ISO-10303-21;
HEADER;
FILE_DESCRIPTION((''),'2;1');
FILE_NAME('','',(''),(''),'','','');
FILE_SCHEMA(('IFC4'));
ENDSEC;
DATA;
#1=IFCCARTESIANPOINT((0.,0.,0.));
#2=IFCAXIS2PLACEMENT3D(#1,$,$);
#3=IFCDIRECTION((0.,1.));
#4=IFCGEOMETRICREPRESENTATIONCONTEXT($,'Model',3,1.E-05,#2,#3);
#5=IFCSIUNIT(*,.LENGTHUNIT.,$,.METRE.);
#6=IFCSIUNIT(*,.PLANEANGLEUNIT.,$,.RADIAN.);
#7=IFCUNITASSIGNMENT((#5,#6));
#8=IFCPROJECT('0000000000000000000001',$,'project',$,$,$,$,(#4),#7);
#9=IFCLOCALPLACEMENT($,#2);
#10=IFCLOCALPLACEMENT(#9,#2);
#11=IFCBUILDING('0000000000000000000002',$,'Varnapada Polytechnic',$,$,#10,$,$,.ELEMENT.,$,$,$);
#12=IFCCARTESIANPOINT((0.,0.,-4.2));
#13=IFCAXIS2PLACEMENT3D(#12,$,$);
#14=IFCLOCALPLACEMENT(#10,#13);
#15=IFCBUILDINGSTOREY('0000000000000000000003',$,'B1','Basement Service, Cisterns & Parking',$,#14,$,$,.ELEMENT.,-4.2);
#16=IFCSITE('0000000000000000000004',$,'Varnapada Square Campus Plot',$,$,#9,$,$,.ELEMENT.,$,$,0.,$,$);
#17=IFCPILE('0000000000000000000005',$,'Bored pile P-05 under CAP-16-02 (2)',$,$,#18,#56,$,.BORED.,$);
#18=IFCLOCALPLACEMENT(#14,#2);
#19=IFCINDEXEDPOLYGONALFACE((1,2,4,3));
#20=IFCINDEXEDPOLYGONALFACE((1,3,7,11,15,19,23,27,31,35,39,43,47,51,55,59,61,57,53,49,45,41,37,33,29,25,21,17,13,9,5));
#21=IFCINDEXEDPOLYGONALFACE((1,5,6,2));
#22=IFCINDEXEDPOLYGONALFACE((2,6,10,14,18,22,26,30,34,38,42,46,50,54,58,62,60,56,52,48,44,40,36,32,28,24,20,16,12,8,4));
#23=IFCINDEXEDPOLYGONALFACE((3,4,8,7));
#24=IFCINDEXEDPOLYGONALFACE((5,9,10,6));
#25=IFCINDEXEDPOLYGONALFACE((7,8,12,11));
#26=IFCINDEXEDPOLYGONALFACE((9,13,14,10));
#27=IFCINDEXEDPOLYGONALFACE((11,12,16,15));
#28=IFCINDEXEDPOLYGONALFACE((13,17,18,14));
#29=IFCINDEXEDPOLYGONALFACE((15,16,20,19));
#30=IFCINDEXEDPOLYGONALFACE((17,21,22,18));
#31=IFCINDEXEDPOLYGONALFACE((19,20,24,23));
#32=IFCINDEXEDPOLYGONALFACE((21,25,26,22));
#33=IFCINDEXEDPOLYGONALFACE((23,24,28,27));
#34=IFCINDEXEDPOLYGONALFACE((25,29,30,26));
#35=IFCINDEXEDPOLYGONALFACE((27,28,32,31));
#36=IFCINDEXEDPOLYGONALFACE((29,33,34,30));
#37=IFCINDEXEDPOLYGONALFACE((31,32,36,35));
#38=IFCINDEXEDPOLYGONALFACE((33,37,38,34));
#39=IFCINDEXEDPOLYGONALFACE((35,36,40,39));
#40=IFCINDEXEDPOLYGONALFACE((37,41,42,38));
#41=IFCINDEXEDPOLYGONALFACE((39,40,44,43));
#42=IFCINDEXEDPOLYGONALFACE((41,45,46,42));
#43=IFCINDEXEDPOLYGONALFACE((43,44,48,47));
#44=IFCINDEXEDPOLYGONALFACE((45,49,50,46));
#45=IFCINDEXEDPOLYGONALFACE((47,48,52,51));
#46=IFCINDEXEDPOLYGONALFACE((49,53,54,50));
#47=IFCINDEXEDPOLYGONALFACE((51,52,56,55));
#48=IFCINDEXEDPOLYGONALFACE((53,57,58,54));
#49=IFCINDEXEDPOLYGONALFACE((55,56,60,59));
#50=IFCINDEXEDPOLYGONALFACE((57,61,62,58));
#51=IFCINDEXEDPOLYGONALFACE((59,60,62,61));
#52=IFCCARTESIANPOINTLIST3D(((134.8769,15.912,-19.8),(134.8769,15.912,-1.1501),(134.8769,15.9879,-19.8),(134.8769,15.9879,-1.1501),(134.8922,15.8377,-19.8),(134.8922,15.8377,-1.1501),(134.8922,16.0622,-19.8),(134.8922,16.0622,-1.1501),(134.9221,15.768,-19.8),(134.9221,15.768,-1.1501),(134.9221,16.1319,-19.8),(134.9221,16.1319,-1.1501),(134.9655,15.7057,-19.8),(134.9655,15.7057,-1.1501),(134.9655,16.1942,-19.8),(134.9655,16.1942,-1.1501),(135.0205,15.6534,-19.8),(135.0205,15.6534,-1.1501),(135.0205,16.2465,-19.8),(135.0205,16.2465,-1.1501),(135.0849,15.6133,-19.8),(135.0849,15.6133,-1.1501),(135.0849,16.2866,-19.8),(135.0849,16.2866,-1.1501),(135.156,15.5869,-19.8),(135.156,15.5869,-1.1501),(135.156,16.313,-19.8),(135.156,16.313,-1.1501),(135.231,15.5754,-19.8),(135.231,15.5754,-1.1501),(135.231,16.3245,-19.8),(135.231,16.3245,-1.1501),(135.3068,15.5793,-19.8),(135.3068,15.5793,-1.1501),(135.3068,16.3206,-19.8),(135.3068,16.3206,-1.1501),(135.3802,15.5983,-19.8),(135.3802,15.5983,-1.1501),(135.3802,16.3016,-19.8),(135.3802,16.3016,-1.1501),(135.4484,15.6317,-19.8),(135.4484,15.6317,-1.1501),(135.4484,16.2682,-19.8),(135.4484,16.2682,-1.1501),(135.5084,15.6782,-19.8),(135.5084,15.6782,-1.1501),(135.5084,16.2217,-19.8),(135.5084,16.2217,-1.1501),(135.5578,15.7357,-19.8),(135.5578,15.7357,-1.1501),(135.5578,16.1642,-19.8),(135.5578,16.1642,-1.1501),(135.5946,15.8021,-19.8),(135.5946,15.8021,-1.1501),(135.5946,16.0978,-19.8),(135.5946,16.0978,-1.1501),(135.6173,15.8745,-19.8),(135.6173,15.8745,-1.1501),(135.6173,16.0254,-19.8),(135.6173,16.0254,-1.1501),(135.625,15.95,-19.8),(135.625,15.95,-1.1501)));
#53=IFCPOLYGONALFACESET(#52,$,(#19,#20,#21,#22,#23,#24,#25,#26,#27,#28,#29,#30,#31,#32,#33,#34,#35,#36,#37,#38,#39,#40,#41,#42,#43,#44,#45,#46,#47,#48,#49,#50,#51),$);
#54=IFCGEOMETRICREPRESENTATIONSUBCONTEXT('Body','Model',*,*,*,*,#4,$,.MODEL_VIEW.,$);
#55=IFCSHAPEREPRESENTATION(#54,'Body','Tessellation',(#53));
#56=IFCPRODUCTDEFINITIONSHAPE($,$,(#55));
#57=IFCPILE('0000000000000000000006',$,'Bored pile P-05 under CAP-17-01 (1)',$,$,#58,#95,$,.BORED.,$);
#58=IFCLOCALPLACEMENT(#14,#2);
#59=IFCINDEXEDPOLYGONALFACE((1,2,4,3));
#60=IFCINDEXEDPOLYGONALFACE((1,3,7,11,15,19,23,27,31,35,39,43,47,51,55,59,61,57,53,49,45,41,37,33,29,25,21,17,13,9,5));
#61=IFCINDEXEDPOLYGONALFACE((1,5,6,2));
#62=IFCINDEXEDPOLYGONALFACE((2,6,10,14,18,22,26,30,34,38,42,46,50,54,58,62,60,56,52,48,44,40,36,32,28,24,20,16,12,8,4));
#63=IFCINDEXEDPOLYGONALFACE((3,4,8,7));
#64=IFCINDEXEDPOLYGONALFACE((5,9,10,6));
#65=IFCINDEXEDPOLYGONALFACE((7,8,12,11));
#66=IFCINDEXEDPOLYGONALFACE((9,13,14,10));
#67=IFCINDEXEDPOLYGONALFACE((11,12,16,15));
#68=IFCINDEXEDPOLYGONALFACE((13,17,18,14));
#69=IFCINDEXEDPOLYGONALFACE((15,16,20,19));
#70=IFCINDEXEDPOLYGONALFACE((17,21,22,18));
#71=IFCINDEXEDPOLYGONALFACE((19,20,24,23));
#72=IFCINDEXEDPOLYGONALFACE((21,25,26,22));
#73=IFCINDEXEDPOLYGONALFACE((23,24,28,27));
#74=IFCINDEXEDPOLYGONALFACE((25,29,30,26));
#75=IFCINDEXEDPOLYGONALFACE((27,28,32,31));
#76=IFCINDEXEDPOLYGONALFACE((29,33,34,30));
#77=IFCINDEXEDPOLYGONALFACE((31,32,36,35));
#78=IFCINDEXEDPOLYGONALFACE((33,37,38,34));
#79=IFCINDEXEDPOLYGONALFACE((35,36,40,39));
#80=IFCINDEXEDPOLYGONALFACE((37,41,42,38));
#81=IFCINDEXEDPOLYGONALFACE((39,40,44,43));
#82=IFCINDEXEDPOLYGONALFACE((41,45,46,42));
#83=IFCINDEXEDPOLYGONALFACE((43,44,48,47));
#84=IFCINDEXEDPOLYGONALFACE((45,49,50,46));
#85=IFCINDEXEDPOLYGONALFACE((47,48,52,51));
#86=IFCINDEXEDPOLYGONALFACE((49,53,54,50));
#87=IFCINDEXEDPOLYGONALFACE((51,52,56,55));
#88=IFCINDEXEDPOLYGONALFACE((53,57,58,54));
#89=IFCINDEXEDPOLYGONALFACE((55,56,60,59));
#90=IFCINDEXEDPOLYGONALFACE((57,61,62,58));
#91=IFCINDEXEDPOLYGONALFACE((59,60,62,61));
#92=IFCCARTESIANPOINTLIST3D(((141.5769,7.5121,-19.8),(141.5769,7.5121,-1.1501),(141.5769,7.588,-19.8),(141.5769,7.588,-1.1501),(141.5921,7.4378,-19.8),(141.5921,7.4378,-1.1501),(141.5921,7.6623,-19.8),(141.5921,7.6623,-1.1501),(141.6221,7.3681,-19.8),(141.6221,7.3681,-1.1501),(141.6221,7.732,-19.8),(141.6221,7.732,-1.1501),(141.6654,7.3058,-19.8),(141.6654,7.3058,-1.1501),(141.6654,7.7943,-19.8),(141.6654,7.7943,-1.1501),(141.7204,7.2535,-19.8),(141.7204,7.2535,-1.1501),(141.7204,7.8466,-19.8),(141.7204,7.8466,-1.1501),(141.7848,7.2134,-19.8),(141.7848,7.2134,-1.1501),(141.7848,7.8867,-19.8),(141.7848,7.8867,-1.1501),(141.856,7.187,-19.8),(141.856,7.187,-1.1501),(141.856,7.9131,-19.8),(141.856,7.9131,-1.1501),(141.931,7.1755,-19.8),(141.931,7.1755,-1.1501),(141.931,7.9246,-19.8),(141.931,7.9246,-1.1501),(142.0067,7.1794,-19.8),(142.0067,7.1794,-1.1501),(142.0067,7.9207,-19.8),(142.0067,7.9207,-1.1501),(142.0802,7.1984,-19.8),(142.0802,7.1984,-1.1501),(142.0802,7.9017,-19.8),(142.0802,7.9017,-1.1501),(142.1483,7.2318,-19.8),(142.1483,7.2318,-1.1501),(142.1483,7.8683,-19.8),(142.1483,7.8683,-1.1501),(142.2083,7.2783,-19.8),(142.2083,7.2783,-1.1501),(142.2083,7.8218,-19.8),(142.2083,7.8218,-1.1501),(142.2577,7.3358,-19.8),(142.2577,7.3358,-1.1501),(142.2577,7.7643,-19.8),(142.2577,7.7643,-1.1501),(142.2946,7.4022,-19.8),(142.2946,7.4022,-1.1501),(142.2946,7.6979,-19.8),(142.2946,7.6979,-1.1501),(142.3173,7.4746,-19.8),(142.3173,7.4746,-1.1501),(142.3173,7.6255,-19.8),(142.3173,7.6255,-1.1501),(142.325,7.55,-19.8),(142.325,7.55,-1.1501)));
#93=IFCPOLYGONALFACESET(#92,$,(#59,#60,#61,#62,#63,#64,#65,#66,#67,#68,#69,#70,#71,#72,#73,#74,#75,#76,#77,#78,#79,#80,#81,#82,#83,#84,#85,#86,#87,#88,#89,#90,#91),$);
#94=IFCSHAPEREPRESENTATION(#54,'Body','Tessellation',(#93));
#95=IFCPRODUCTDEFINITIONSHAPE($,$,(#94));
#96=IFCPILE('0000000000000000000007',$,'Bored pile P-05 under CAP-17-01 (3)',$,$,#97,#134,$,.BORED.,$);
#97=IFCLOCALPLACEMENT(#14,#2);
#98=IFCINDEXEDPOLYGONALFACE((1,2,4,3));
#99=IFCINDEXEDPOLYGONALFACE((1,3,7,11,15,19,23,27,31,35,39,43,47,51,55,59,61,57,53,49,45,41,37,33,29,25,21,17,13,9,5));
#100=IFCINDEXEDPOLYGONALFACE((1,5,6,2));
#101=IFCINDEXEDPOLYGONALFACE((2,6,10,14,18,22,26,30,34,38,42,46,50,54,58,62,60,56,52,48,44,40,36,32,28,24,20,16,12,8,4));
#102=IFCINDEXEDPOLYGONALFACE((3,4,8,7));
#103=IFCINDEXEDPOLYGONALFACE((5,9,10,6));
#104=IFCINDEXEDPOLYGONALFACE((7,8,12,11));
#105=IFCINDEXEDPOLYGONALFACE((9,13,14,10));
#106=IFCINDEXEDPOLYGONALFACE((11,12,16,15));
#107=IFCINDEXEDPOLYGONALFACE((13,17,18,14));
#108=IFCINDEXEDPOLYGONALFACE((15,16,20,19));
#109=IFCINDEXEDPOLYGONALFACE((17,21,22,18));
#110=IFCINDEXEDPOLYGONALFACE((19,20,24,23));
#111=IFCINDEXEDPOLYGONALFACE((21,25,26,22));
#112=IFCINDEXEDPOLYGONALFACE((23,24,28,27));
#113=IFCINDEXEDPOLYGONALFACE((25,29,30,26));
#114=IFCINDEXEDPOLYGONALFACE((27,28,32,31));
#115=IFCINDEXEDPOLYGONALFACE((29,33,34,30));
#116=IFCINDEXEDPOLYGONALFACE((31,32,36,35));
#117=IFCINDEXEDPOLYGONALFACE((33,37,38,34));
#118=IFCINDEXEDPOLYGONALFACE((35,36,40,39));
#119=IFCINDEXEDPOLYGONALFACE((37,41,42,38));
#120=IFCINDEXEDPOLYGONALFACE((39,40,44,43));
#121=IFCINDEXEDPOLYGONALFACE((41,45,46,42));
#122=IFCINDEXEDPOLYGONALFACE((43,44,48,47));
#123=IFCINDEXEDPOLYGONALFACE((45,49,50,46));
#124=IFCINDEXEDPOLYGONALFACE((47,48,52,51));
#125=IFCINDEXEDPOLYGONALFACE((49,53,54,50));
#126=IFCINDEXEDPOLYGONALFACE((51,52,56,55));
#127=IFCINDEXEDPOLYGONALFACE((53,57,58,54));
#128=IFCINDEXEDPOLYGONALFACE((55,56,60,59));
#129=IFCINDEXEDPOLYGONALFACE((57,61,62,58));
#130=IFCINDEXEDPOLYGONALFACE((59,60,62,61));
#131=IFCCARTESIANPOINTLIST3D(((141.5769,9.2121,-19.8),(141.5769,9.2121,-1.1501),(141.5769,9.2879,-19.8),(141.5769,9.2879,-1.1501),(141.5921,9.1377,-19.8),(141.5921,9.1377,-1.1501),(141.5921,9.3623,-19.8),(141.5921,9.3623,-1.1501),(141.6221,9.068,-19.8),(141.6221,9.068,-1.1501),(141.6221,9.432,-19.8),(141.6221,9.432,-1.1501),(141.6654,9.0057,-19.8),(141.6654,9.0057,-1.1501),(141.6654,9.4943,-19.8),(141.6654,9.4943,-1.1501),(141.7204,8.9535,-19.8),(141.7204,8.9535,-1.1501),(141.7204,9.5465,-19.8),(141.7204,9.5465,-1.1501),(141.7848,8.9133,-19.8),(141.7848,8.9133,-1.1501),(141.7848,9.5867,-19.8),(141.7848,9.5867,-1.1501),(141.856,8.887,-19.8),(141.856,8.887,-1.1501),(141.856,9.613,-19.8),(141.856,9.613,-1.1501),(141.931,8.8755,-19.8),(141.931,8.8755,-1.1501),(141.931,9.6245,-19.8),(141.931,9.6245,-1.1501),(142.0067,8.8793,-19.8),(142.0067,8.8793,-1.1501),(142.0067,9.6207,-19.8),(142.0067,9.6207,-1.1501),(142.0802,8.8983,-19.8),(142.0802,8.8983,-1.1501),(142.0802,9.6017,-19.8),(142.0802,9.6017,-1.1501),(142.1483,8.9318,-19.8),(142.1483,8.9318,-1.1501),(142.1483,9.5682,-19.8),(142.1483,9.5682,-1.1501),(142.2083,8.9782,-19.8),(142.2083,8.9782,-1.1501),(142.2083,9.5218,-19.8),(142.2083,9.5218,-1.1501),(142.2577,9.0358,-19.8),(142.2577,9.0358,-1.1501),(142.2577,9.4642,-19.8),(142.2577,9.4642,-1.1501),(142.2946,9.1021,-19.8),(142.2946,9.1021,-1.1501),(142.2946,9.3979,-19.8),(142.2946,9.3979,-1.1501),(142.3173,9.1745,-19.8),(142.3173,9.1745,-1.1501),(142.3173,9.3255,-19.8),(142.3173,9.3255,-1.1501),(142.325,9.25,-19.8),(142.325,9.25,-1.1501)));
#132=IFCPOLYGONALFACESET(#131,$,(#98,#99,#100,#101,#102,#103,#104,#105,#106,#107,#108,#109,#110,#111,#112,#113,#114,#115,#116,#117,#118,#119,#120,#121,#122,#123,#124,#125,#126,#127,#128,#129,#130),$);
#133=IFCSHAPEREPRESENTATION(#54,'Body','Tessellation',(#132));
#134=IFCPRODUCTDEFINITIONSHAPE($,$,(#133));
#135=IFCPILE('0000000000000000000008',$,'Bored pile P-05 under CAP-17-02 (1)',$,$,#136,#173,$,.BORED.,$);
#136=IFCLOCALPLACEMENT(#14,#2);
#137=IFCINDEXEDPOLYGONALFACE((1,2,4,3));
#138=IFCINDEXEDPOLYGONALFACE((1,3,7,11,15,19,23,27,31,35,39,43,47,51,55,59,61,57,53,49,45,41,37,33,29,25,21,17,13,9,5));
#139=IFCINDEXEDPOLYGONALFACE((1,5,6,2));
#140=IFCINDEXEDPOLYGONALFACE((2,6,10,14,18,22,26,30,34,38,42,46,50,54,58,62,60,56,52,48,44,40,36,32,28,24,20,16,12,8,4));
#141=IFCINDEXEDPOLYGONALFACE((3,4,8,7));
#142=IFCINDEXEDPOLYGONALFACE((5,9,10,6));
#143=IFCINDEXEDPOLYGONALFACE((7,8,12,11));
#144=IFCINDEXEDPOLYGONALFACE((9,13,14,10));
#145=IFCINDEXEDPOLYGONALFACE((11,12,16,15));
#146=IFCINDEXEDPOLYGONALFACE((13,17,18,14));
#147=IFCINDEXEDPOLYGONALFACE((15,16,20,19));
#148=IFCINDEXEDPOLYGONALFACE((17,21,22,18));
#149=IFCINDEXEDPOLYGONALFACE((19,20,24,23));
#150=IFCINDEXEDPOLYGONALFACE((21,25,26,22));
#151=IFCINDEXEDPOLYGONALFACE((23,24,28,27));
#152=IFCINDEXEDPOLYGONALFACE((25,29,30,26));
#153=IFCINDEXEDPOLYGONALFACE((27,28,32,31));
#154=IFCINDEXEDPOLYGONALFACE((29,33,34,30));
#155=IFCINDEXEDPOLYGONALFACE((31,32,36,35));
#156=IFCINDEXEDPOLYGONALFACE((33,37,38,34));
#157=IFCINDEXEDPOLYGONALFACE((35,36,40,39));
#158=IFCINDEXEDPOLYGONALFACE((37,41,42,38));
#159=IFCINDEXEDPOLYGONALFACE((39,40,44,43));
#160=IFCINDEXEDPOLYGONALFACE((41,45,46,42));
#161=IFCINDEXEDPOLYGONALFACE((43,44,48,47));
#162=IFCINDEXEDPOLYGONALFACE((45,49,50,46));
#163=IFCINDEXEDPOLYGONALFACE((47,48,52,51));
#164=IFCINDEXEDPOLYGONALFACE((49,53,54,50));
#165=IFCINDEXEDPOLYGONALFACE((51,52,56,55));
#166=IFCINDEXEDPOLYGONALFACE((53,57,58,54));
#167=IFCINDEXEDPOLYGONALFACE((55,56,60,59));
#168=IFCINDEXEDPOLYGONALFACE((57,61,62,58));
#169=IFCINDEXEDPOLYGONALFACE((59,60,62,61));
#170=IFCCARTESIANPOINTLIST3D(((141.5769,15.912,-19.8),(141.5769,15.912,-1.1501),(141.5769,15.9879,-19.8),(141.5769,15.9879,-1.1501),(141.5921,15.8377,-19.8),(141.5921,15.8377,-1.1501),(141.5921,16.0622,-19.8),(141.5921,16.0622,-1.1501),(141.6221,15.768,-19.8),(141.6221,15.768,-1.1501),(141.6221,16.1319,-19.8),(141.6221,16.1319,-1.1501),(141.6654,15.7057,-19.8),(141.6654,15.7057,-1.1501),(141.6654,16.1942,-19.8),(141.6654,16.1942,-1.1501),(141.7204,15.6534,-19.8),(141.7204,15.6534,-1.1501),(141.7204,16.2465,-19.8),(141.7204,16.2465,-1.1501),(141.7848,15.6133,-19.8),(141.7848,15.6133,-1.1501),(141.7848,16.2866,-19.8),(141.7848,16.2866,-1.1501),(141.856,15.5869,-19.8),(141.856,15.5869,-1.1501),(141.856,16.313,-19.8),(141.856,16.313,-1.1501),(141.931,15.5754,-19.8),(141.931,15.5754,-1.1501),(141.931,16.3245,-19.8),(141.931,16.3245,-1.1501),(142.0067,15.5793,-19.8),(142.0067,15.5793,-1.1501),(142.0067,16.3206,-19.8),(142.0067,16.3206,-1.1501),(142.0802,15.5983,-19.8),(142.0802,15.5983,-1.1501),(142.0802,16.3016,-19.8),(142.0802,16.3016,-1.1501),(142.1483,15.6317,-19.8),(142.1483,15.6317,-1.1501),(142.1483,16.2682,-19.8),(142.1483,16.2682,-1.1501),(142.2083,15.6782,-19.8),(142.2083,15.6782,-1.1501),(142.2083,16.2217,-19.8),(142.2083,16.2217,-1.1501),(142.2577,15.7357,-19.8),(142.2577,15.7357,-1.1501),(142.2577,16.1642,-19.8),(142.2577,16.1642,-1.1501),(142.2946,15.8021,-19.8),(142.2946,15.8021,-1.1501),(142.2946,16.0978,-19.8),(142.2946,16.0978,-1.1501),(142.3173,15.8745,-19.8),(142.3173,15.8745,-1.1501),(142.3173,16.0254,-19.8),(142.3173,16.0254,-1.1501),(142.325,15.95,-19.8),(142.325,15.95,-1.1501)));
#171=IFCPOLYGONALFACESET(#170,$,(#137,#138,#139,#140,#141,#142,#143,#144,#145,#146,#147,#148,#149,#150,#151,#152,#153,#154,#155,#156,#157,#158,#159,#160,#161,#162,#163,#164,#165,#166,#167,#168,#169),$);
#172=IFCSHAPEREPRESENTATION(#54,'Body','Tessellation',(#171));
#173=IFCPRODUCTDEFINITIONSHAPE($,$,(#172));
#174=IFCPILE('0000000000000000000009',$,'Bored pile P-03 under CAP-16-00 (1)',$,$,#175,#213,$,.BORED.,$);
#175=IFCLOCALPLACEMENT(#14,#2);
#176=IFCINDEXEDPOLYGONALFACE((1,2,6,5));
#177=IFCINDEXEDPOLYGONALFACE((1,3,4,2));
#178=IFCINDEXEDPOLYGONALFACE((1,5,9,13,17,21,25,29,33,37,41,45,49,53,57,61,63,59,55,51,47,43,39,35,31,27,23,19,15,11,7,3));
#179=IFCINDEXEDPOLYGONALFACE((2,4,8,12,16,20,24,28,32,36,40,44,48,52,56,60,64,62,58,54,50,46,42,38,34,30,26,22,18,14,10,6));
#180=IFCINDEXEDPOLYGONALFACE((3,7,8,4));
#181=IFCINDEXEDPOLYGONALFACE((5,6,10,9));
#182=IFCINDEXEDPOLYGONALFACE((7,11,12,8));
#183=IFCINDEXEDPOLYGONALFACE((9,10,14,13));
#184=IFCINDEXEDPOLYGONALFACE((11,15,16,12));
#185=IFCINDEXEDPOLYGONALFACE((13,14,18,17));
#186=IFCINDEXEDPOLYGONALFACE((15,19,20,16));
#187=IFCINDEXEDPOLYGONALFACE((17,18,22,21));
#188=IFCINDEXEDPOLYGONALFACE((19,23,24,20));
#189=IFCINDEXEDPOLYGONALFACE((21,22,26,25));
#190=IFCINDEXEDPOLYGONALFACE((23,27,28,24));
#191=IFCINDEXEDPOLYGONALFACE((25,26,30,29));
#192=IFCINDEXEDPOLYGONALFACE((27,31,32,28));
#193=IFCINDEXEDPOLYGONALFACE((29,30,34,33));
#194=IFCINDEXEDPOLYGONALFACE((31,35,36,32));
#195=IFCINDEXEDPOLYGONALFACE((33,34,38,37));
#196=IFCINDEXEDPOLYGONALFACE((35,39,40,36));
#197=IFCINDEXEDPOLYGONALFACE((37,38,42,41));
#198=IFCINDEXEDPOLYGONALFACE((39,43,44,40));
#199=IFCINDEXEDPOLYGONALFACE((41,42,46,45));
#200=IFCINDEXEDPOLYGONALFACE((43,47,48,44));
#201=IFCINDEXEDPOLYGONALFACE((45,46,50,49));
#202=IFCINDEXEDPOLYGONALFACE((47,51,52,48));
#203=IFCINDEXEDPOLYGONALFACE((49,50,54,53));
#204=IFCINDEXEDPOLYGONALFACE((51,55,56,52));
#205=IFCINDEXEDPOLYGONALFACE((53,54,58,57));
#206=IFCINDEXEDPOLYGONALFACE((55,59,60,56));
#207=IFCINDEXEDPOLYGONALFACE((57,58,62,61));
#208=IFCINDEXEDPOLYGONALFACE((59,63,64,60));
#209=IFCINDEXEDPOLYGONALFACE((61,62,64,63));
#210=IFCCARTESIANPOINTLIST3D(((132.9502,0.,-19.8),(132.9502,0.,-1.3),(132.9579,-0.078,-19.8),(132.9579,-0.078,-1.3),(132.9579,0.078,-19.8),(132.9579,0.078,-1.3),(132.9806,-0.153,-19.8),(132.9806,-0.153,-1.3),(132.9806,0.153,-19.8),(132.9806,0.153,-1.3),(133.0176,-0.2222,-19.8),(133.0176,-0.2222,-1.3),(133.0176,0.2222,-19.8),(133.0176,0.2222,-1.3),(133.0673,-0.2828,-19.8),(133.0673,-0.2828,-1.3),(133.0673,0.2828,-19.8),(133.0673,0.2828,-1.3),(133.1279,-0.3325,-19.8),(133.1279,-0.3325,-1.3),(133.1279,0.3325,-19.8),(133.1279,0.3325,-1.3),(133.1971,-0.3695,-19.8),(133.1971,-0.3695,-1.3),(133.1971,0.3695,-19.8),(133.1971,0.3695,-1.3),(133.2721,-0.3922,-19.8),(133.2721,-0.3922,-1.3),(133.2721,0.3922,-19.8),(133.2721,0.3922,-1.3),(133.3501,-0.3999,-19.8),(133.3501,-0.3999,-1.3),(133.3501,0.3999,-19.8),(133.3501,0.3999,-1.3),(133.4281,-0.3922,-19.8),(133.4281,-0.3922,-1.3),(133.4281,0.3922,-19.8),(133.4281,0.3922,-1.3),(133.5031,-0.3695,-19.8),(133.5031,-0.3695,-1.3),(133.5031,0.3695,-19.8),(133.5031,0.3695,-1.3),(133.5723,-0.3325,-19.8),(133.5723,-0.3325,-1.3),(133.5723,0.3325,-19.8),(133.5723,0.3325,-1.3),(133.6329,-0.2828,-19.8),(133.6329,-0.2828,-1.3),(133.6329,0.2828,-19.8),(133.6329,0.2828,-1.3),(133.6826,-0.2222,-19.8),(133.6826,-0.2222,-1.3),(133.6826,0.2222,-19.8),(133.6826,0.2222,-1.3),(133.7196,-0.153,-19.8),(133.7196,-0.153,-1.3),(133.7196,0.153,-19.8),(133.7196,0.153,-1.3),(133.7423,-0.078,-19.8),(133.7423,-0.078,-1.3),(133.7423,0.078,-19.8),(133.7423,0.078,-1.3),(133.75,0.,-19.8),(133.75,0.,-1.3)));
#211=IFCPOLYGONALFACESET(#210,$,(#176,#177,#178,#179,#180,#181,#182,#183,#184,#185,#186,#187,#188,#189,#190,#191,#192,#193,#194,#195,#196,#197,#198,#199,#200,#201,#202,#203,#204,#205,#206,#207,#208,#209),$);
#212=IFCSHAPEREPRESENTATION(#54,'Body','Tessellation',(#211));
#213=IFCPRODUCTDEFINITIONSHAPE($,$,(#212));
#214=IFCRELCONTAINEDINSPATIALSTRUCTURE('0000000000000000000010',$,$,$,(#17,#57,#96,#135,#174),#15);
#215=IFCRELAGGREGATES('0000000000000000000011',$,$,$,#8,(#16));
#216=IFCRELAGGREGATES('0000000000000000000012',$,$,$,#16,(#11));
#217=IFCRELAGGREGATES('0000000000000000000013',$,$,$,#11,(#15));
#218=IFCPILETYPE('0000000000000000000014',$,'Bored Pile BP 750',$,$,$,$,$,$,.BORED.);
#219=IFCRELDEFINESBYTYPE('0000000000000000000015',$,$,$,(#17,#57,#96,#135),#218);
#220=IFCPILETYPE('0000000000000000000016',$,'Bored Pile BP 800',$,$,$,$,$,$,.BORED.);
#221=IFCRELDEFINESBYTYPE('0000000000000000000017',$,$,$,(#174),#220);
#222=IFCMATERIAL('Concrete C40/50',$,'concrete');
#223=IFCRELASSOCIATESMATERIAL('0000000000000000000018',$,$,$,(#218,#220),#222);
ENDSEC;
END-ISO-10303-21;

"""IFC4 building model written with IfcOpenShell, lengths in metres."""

from ifc_helpers import new_model, si_unit, direction, frame, origin, origin_2d, place, context, subcontext, project, spatial, circle, extrude, material, material_profile, profile_set, type_object, element, save


model = new_model("IFC4")

# Units and contexts
model_context = context("Model", 3, precision=1e-05, world=origin(), true_north=direction((0.0, 1.0)))
body_context = subcontext(model_context, "Body", "Model", "MODEL_VIEW")
ifc_project = project(units=[si_unit("LENGTHUNIT", "METRE"), si_unit("PLANEANGLEUNIT", "RADIAN")], contexts=[model_context])

# Site, building, storey
site_placement = place(None, origin())
site = spatial("IfcSite", under=ifc_project, at=site_placement, Name="Varnapada Square Campus Plot", CompositionType="ELEMENT", RefElevation=0.0)
building_placement = place(site_placement, origin())
building = spatial("IfcBuilding", under=site, at=building_placement, Name="Varnapada Polytechnic", CompositionType="ELEMENT")
storey_placement = place(building_placement, frame((0.0, 0.0, -4.2)))
storey = spatial("IfcBuildingStorey", under=building, at=storey_placement, Name="B1", Description="Basement Service, Cisterns & Parking", CompositionType="ELEMENT", Elevation=-4.2)

# Piles
ifc_material_1 = material(Name="Concrete C40/50", Category="concrete")
ifc_material_profile_1 = material_profile(ifc_material_1, circle(Radius=0.375, at=origin_2d()), Name="BP 750")
ifc_profile_set_1 = profile_set([ifc_material_profile_1], Name="Concrete C40/50")
pile_type_1 = type_object("IfcPileType", Name="Bored Pile BP 750", PredefinedType="BORED", material=ifc_profile_set_1)
for number, where, z_axis, x_axis, name in (
    (1, (135.25, 15.95, -1.1501), (0.0, 0.0, -1.0), (1.0, 0.0, 0.0), "Bored pile P-05 under CAP-16-02 (2)"),
    (2, (141.95, 7.55, -1.1501), (0.0, 0.0, -1.0), (1.0, 0.0, 0.0), "Bored pile P-05 under CAP-17-01 (1)"),
    (3, (141.95, 9.25, -1.1501), (0.0, 0.0, -1.0), (1.0, 0.0, 0.0), "Bored pile P-05 under CAP-17-01 (3)"),
    (4, (141.95, 15.95, -1.1501), (0.0, 0.0, -1.0), (1.0, 0.0, 0.0), "Bored pile P-05 under CAP-17-02 (1)"),
):
    element("IfcPile", number, at=place(storey_placement, frame(where, z_axis=z_axis, x_axis=x_axis)), inside=storey, type_object=pile_type_1, Name=name, PredefinedType="BORED", context=body_context, shape_type="SweptSolid", body=[
        extrude(circle(Radius=0.375, at=origin_2d()), origin(), (0.0, 0.0, 1.0), 18.6499),
    ])
ifc_material_profile_2 = material_profile(ifc_material_1, circle(Radius=0.3999, at=origin_2d()), Name="BP 800")
ifc_profile_set_2 = profile_set([ifc_material_profile_2], Name="Concrete C40/50")
pile_type_2 = type_object("IfcPileType", Name="Bored Pile BP 800", PredefinedType="BORED", material=ifc_profile_set_2)
for number, where, z_axis, x_axis, name in (
    (5, (133.3501, 0.0, -1.3), (0.0, 0.0, -1.0), (1.0, 0.0, 0.0), "Bored pile P-03 under CAP-16-00 (1)"),
):
    element("IfcPile", number, at=place(storey_placement, frame(where, z_axis=z_axis, x_axis=x_axis)), inside=storey, type_object=pile_type_2, Name=name, PredefinedType="BORED", context=body_context, shape_type="SweptSolid", body=[
        extrude(circle(Radius=0.3999, at=origin_2d()), origin(), (0.0, 0.0, 1.0), 18.5),
    ])

save(model, "model.ifc")
